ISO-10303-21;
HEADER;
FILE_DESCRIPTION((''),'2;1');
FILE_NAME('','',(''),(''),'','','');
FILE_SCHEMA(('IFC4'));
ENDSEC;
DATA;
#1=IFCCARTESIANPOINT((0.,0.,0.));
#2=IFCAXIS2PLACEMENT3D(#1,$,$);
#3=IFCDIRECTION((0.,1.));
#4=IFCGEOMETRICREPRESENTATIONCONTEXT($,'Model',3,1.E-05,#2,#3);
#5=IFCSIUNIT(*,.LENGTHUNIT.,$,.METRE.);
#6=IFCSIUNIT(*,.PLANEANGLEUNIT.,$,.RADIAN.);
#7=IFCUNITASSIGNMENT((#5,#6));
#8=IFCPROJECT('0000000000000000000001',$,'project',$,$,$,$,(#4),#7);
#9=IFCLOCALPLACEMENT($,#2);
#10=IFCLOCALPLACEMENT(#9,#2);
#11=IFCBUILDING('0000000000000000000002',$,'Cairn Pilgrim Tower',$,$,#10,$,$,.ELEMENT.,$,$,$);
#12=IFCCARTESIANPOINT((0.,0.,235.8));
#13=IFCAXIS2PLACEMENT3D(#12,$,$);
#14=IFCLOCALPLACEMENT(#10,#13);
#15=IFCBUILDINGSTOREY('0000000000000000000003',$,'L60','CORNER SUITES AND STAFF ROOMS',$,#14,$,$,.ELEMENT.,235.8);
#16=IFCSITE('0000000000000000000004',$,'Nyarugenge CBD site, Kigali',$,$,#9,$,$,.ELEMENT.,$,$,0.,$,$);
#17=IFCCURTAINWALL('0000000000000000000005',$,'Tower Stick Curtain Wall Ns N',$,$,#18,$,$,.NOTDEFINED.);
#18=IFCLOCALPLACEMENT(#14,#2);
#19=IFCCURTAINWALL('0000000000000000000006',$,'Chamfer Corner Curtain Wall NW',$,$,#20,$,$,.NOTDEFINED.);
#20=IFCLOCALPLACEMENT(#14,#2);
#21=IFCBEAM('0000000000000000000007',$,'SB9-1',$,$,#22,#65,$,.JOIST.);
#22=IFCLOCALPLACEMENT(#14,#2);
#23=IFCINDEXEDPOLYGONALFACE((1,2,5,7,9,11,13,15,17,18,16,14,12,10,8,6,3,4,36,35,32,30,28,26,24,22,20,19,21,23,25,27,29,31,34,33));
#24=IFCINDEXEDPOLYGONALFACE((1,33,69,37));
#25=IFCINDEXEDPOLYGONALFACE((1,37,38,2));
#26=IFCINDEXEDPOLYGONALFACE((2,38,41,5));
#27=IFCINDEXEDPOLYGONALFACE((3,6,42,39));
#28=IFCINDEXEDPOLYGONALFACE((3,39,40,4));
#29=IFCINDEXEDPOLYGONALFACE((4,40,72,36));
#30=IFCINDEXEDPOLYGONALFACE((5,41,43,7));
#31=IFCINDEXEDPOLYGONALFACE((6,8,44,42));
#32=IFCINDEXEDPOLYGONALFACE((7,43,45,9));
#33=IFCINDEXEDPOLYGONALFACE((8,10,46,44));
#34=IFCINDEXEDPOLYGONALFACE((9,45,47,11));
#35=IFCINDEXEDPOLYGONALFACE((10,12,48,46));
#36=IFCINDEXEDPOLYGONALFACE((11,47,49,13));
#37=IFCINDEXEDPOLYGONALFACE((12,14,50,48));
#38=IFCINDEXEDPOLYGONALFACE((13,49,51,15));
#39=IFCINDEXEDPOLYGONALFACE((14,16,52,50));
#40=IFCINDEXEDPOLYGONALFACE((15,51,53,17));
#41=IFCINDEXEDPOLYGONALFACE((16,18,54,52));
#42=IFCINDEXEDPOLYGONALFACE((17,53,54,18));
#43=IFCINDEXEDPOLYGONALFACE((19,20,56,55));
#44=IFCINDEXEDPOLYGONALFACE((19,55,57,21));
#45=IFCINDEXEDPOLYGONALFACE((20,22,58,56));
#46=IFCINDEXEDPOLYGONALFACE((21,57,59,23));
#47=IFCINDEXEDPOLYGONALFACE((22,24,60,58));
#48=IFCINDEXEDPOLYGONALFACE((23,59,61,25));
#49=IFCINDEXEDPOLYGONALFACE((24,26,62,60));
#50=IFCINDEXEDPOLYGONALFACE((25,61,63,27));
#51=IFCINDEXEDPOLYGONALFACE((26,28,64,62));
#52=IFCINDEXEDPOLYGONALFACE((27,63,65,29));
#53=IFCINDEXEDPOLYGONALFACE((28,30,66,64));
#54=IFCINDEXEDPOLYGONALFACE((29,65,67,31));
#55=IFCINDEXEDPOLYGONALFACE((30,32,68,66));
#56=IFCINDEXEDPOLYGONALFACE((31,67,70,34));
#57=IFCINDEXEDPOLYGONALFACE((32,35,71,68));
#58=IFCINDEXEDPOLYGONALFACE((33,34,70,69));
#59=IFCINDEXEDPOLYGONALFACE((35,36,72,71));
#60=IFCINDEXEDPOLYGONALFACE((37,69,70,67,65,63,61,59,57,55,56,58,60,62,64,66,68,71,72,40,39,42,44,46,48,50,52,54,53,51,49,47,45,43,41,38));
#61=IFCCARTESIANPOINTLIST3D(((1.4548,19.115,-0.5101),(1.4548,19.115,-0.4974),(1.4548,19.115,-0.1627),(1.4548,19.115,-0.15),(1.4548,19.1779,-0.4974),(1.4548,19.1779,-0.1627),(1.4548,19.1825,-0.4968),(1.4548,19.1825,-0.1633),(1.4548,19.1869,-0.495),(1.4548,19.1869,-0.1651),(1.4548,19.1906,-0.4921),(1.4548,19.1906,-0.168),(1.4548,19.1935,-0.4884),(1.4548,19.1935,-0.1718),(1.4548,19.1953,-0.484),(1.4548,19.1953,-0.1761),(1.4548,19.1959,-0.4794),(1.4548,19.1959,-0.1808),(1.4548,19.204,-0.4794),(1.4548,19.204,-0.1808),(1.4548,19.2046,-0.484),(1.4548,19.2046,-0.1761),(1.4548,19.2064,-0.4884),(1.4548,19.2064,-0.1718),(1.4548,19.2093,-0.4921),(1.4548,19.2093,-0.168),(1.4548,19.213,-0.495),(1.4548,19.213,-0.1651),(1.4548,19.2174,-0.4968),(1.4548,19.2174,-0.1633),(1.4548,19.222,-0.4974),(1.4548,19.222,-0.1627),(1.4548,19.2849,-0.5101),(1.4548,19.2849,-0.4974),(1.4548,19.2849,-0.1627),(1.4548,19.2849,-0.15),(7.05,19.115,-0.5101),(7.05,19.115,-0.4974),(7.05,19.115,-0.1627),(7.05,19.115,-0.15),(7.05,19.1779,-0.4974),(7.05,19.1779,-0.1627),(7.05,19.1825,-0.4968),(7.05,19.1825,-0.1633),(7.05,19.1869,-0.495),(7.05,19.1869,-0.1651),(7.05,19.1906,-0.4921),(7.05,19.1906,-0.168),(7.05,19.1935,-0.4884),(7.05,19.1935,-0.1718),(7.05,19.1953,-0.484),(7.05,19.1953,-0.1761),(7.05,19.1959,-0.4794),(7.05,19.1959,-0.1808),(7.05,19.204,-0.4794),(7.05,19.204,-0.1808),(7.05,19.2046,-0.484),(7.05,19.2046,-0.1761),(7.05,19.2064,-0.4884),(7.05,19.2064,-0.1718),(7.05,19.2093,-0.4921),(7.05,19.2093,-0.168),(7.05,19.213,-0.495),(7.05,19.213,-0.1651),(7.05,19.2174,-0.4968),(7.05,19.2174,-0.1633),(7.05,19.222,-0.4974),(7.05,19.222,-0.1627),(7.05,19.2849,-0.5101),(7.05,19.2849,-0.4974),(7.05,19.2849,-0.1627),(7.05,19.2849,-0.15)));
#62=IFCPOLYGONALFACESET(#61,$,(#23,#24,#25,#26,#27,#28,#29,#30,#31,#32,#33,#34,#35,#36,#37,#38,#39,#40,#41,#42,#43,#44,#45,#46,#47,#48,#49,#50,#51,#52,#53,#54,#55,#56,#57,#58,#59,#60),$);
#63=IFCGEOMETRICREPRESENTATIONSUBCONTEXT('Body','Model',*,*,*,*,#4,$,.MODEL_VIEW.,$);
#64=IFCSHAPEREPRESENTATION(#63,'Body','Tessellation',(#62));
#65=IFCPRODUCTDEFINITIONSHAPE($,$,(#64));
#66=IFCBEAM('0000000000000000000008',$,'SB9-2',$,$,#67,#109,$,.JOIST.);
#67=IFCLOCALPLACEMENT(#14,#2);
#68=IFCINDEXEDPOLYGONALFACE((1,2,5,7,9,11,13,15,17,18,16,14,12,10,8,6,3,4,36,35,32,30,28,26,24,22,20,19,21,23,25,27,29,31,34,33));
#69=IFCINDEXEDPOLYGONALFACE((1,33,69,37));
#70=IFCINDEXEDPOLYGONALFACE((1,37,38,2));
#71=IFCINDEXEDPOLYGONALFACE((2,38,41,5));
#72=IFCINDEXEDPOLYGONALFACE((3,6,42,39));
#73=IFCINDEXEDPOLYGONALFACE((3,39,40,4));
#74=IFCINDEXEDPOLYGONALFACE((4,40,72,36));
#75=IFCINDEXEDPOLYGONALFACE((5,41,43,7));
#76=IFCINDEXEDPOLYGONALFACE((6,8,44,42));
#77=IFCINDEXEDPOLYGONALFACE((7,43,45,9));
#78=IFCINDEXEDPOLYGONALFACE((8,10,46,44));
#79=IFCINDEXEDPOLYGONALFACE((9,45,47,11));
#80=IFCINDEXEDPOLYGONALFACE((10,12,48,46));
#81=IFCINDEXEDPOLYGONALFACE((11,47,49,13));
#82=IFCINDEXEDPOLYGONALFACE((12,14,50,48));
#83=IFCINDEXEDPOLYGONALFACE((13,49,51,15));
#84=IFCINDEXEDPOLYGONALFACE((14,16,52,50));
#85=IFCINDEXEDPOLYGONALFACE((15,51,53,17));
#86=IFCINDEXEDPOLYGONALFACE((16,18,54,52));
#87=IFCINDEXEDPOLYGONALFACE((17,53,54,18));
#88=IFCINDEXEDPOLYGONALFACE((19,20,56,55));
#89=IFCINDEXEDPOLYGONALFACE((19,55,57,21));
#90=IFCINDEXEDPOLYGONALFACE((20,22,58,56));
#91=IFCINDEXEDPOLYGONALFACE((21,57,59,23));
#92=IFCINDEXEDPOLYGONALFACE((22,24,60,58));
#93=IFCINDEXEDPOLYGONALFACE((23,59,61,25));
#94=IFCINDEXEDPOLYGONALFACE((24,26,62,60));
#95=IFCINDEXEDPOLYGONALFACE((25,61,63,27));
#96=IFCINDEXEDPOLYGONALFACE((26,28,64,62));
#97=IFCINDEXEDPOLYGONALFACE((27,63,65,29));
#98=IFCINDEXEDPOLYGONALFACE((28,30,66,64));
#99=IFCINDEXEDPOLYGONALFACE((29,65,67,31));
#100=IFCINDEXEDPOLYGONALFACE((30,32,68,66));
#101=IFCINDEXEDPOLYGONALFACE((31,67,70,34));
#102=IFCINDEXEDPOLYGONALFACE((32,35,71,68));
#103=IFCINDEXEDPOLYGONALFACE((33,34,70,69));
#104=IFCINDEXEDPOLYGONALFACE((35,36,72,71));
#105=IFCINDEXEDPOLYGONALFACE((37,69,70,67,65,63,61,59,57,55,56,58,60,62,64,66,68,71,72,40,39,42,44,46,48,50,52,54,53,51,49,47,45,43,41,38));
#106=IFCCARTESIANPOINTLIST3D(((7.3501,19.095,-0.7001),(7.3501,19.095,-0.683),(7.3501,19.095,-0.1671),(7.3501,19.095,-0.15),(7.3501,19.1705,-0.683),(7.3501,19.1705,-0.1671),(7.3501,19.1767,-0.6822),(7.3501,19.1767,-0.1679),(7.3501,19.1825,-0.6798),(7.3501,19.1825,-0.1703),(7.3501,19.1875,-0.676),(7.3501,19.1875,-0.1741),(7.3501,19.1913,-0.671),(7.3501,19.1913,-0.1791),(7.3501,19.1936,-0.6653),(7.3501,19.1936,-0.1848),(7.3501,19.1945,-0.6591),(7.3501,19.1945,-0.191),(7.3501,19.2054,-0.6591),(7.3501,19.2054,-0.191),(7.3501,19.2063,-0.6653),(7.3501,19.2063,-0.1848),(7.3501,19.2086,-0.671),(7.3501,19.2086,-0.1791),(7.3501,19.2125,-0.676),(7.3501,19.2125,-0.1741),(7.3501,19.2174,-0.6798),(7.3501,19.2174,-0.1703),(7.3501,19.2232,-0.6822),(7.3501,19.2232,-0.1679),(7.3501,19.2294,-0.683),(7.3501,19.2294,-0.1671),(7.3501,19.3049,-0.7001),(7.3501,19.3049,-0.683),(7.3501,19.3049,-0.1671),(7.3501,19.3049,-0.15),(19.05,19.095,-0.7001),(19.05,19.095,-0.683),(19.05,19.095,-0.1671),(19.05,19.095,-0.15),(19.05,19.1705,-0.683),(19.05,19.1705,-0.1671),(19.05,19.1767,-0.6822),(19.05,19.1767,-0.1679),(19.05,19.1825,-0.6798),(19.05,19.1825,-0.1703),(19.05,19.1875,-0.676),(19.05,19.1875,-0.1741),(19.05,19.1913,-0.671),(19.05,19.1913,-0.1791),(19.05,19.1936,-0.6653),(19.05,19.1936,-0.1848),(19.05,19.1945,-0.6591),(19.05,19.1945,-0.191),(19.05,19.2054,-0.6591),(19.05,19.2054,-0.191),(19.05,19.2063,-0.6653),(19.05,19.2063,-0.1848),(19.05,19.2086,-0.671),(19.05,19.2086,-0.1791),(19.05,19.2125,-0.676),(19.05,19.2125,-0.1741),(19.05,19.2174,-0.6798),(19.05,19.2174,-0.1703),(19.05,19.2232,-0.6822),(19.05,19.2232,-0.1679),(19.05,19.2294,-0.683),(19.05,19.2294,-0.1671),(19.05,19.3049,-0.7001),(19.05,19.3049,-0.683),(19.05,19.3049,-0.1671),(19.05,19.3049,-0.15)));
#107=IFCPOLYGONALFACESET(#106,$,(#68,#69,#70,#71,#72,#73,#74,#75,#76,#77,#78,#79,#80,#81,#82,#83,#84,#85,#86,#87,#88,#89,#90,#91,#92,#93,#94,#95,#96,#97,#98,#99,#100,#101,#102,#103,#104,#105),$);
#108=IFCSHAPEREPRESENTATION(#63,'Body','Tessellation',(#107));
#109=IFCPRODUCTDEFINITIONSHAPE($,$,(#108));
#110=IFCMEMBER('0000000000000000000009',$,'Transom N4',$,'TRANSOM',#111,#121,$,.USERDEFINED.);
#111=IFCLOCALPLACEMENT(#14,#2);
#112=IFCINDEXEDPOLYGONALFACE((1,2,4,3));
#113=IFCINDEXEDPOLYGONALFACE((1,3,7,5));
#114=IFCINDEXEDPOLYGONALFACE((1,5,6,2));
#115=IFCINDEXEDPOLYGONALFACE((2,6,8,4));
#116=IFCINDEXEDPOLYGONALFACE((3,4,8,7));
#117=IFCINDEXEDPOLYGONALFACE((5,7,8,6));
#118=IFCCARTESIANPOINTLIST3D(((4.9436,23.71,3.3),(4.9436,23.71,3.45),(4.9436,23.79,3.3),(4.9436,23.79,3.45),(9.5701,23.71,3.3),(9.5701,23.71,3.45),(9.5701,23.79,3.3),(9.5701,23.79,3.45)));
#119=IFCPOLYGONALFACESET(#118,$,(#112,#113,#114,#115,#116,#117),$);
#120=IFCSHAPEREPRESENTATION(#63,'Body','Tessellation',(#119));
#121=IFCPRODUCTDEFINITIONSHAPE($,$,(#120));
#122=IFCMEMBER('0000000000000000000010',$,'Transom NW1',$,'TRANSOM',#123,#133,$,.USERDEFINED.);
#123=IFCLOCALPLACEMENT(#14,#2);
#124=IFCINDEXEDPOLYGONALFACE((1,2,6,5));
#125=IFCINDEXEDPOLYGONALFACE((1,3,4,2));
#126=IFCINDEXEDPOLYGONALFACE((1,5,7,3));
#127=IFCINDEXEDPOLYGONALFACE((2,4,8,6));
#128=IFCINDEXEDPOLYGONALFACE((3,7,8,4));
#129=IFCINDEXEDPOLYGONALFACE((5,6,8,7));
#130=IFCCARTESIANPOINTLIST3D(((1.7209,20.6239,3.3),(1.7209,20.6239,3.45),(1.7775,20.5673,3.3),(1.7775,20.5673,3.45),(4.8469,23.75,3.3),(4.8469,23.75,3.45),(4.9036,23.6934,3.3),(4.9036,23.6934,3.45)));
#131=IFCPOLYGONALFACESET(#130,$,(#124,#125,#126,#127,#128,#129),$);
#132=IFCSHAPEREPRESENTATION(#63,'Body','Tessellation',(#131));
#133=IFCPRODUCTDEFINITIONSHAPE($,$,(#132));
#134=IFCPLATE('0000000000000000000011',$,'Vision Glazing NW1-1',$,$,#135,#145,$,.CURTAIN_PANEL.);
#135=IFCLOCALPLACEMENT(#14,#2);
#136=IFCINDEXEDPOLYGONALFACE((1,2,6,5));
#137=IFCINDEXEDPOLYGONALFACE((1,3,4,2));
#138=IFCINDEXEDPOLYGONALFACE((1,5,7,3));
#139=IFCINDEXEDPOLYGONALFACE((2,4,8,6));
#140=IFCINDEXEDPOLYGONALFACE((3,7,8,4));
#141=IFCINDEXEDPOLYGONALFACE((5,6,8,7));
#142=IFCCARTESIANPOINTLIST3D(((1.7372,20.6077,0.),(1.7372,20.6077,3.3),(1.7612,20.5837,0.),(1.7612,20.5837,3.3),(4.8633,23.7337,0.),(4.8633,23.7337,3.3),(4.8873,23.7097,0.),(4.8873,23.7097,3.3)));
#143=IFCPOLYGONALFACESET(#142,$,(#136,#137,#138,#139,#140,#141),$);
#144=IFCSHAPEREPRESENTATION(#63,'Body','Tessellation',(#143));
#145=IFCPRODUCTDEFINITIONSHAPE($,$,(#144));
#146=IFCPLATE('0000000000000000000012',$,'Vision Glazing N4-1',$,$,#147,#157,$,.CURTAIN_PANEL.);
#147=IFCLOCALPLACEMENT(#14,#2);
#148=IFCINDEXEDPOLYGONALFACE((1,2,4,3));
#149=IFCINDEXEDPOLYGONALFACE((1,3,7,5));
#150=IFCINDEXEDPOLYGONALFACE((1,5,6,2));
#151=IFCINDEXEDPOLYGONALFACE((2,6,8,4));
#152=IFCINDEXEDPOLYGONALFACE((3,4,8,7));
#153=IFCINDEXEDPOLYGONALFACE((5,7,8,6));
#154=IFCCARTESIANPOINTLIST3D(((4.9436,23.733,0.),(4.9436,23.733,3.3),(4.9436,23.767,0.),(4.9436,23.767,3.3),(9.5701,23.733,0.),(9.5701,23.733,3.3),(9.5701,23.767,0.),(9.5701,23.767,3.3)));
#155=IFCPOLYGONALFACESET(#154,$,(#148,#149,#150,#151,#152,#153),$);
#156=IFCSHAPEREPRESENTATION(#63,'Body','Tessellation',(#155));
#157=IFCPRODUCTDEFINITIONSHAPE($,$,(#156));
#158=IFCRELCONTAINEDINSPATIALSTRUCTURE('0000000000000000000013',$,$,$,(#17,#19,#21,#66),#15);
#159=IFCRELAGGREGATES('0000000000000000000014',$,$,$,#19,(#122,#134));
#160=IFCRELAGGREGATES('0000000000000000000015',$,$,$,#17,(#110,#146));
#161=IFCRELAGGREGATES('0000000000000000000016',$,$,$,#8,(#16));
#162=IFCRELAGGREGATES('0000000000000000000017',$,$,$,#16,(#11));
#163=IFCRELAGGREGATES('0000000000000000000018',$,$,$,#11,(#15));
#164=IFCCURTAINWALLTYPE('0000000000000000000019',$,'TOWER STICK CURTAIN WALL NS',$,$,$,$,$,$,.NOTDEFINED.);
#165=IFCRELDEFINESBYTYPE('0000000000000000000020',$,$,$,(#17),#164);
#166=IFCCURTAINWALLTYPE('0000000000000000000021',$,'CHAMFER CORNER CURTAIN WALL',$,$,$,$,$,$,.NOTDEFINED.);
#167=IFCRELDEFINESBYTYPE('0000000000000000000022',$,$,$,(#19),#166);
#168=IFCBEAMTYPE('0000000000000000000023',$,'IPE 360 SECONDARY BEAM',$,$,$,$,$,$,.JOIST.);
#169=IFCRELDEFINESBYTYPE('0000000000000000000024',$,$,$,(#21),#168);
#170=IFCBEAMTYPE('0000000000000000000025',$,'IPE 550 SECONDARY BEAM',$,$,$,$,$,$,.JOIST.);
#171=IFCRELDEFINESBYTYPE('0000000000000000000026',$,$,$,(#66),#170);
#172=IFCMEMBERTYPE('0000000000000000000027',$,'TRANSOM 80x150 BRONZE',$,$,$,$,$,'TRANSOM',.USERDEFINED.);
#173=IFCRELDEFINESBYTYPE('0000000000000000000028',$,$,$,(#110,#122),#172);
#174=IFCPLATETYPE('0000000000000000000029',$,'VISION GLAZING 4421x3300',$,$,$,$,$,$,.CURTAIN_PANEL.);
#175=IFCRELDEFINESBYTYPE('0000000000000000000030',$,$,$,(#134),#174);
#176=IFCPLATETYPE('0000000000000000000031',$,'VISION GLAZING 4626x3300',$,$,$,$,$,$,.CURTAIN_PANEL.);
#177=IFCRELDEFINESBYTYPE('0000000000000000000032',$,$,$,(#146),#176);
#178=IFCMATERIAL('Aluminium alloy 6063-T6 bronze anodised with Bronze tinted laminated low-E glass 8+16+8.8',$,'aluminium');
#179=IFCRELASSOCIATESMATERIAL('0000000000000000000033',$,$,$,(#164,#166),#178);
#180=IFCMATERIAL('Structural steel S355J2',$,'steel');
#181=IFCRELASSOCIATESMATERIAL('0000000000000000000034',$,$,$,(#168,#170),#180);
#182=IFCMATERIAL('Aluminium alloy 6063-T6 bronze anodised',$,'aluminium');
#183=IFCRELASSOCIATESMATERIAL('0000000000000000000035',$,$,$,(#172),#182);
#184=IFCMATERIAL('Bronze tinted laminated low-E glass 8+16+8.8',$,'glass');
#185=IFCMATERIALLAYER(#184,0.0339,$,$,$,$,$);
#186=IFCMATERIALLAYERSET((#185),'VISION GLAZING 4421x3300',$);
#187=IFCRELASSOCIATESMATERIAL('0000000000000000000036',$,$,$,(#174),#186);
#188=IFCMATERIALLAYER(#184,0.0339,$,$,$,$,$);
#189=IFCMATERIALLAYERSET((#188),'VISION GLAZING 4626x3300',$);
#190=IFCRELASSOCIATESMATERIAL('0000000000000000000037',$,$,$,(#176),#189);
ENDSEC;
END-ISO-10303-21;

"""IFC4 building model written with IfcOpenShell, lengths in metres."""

from ifc_helpers import new_model, si_unit, direction, frame, origin, origin_2d, place, context, subcontext, project, spatial, rectangle, i_section, extrude, material, layer, layer_set, material_profile, profile_set, type_object, element, aggregate, save


model = new_model("IFC4")

# Units and contexts
model_context = context("Model", 3, precision=1e-05, world=origin(), true_north=direction((0.0, 1.0)))
body_context = subcontext(model_context, "Body", "Model", "MODEL_VIEW")
ifc_project = project(units=[si_unit("LENGTHUNIT", "METRE"), si_unit("PLANEANGLEUNIT", "RADIAN")], contexts=[model_context])

# Site, building, storey
site_placement = place(None, origin())
site = spatial("IfcSite", under=ifc_project, at=site_placement, Name="Nyarugenge CBD site, Kigali", CompositionType="ELEMENT", RefElevation=0.0)
building_placement = place(site_placement, origin())
building = spatial("IfcBuilding", under=site, at=building_placement, Name="Cairn Pilgrim Tower", CompositionType="ELEMENT")
storey_placement = place(building_placement, frame((0.0, 0.0, 235.8)))
storey = spatial("IfcBuildingStorey", under=building, at=storey_placement, Name="L60", Description="CORNER SUITES AND STAFF ROOMS", CompositionType="ELEMENT", Elevation=235.8)

# Shared definitions
ifc_material_1 = material(Name="Structural steel S355J2", Category="steel")

# Curtain walls
ifc_material_2 = material(Name="Aluminium alloy 6063-T6 bronze anodised with Bronze tinted laminated low-E glass 8+16+8.8", Category="aluminium")
curtain_wall_type_1 = type_object("IfcCurtainWallType", Name="TOWER STICK CURTAIN WALL NS", PredefinedType="NOTDEFINED", material=ifc_material_2)
curtain_wall_1_placement = place(storey_placement, origin())
curtain_wall_1 = element("IfcCurtainWall", 1, at=curtain_wall_1_placement, inside=storey, type_object=curtain_wall_type_1, Name="Tower Stick Curtain Wall Ns N", PredefinedType="NOTDEFINED")
ifc_material_3 = material(Name="Aluminium alloy 6063-T6 bronze anodised", Category="aluminium")
curtain_wall_type_2 = type_object("IfcCurtainWallType", Name="CHAMFER CORNER CURTAIN WALL", PredefinedType="NOTDEFINED", material=ifc_material_2)
curtain_wall_2_placement = place(storey_placement, origin())
curtain_wall_2 = element("IfcCurtainWall", 2, at=curtain_wall_2_placement, inside=storey, type_object=curtain_wall_type_2, Name="Chamfer Corner Curtain Wall NW", PredefinedType="NOTDEFINED")

# Beams
ifc_material_profile_1 = material_profile(ifc_material_1, i_section(OverallWidth=0.1699, OverallDepth=0.3601, WebThickness=0.0081, FlangeThickness=0.0127, FilletRadius=0.0181, at=origin_2d()), Name="IPE 360")
ifc_profile_set_1 = profile_set([ifc_material_profile_1], Name="Structural steel S355J2")
beam_type_1 = type_object("IfcBeamType", Name="IPE 360 SECONDARY BEAM", PredefinedType="JOIST", material=ifc_profile_set_1)
beam_1_placement = place(storey_placement, frame((1.4548, 19.2, -0.3301), z_axis=(1.0, 0.0, 0.0), x_axis=(0.0, 1.0, 0.0)))
element("IfcBeam", 3, at=beam_1_placement, inside=storey, type_object=beam_type_1, Name="SB9-1", PredefinedType="JOIST", context=body_context, shape_type="SweptSolid", body=[
    extrude(i_section(OverallWidth=0.1699, OverallDepth=0.3601, WebThickness=0.0081, FlangeThickness=0.0127, FilletRadius=0.0181, at=origin_2d()), origin(), (0.0, 0.0, 1.0), 5.5952),
])
ifc_material_profile_2 = material_profile(ifc_material_1, i_section(OverallWidth=0.21, OverallDepth=0.55, WebThickness=0.011, FlangeThickness=0.0171, FilletRadius=0.0239, at=origin_2d()), Name="IPE 550")
ifc_profile_set_2 = profile_set([ifc_material_profile_2], Name="Structural steel S355J2")
beam_type_2 = type_object("IfcBeamType", Name="IPE 550 SECONDARY BEAM", PredefinedType="JOIST", material=ifc_profile_set_2)
beam_2_placement = place(storey_placement, frame((7.3501, 19.2, -0.425), z_axis=(1.0, 0.0, 0.0), x_axis=(0.0, 1.0, 0.0)))
element("IfcBeam", 4, at=beam_2_placement, inside=storey, type_object=beam_type_2, Name="SB9-2", PredefinedType="JOIST", context=body_context, shape_type="SweptSolid", body=[
    extrude(i_section(OverallWidth=0.21, OverallDepth=0.55, WebThickness=0.011, FlangeThickness=0.0171, FilletRadius=0.0239, at=origin_2d()), origin(), (0.0, 0.0, 1.0), 11.7),
])

# Members
ifc_material_profile_3 = material_profile(ifc_material_3, rectangle(XDim=0.0801, YDim=0.1499, at=origin_2d()), Name="TRANSOM 80x150 BRONZE")
ifc_profile_set_3 = profile_set([ifc_material_profile_3], Name="Aluminium alloy 6063-T6 bronze anodised")
member_type_1 = type_object("IfcMemberType", Name="TRANSOM 80x150 BRONZE", ElementType="TRANSOM", PredefinedType="USERDEFINED", material=ifc_profile_set_3)
member_1_placement = place(storey_placement, frame((9.5701, 23.75, 3.375), z_axis=(-1.0, 0.0, 0.0), x_axis=(0.0, -1.0, 0.0)))
member_1 = element("IfcMember", 5, at=member_1_placement, type_object=member_type_1, Name="Transom N4", ObjectType="TRANSOM", PredefinedType="USERDEFINED", context=body_context, shape_type="SweptSolid", body=[
    extrude(rectangle(XDim=0.0801, YDim=0.1499, at=origin_2d()), origin(), (0.0, 0.0, 1.0), 4.6265),
])
member_2_placement = place(storey_placement, frame((4.8752, 23.7217, 3.375), z_axis=(-0.707107, -0.707107, 0.0), x_axis=(0.707107, -0.707107, 0.0)))
member_2 = element("IfcMember", 6, at=member_2_placement, type_object=member_type_1, Name="Transom NW1", ObjectType="TRANSOM", PredefinedType="USERDEFINED", context=body_context, shape_type="SweptSolid", body=[
    extrude(rectangle(XDim=0.0801, YDim=0.1499, at=origin_2d()), origin(), (0.0, 0.0, 1.0), 4.4209),
])

# Plates
ifc_material_4 = material(Name="Bronze tinted laminated low-E glass 8+16+8.8", Category="glass")
ifc_layer_1 = layer(ifc_material_4, 0.0339)
ifc_layer_set_1 = layer_set([ifc_layer_1], Name="VISION GLAZING 4421x3300")
plate_type_1 = type_object("IfcPlateType", Name="VISION GLAZING 4421x3300", PredefinedType="CURTAIN_PANEL", material=ifc_layer_set_1)
plate_1_placement = place(storey_placement, frame((3.3123, 22.1587, 0.0), z_axis=(0.0, 0.0, 1.0), x_axis=(-0.707107, -0.707107, 0.0)))
plate_1 = element("IfcPlate", 7, at=plate_1_placement, type_object=plate_type_1, Name="Vision Glazing NW1-1", PredefinedType="CURTAIN_PANEL", context=body_context, shape_type="SweptSolid", body=[
    extrude(rectangle(XDim=4.4209, YDim=0.0339, at=origin_2d()), origin(), (0.0, 0.0, 1.0), 3.3),
])
aggregate(curtain_wall_2, [member_2, plate_1])
ifc_layer_2 = layer(ifc_material_4, 0.0339)
ifc_layer_set_2 = layer_set([ifc_layer_2], Name="VISION GLAZING 4626x3300")
plate_type_2 = type_object("IfcPlateType", Name="VISION GLAZING 4626x3300", PredefinedType="CURTAIN_PANEL", material=ifc_layer_set_2)
plate_2_placement = place(storey_placement, frame((7.2568, 23.75, 0.0), z_axis=(0.0, 0.0, 1.0), x_axis=(-1.0, 0.0, 0.0)))
plate_2 = element("IfcPlate", 8, at=plate_2_placement, type_object=plate_type_2, Name="Vision Glazing N4-1", PredefinedType="CURTAIN_PANEL", context=body_context, shape_type="SweptSolid", body=[
    extrude(rectangle(XDim=4.6265, YDim=0.0339, at=origin_2d()), origin(), (0.0, 0.0, 1.0), 3.3),
])
aggregate(curtain_wall_1, [member_1, plate_2])

save(model, "model.ifc")
